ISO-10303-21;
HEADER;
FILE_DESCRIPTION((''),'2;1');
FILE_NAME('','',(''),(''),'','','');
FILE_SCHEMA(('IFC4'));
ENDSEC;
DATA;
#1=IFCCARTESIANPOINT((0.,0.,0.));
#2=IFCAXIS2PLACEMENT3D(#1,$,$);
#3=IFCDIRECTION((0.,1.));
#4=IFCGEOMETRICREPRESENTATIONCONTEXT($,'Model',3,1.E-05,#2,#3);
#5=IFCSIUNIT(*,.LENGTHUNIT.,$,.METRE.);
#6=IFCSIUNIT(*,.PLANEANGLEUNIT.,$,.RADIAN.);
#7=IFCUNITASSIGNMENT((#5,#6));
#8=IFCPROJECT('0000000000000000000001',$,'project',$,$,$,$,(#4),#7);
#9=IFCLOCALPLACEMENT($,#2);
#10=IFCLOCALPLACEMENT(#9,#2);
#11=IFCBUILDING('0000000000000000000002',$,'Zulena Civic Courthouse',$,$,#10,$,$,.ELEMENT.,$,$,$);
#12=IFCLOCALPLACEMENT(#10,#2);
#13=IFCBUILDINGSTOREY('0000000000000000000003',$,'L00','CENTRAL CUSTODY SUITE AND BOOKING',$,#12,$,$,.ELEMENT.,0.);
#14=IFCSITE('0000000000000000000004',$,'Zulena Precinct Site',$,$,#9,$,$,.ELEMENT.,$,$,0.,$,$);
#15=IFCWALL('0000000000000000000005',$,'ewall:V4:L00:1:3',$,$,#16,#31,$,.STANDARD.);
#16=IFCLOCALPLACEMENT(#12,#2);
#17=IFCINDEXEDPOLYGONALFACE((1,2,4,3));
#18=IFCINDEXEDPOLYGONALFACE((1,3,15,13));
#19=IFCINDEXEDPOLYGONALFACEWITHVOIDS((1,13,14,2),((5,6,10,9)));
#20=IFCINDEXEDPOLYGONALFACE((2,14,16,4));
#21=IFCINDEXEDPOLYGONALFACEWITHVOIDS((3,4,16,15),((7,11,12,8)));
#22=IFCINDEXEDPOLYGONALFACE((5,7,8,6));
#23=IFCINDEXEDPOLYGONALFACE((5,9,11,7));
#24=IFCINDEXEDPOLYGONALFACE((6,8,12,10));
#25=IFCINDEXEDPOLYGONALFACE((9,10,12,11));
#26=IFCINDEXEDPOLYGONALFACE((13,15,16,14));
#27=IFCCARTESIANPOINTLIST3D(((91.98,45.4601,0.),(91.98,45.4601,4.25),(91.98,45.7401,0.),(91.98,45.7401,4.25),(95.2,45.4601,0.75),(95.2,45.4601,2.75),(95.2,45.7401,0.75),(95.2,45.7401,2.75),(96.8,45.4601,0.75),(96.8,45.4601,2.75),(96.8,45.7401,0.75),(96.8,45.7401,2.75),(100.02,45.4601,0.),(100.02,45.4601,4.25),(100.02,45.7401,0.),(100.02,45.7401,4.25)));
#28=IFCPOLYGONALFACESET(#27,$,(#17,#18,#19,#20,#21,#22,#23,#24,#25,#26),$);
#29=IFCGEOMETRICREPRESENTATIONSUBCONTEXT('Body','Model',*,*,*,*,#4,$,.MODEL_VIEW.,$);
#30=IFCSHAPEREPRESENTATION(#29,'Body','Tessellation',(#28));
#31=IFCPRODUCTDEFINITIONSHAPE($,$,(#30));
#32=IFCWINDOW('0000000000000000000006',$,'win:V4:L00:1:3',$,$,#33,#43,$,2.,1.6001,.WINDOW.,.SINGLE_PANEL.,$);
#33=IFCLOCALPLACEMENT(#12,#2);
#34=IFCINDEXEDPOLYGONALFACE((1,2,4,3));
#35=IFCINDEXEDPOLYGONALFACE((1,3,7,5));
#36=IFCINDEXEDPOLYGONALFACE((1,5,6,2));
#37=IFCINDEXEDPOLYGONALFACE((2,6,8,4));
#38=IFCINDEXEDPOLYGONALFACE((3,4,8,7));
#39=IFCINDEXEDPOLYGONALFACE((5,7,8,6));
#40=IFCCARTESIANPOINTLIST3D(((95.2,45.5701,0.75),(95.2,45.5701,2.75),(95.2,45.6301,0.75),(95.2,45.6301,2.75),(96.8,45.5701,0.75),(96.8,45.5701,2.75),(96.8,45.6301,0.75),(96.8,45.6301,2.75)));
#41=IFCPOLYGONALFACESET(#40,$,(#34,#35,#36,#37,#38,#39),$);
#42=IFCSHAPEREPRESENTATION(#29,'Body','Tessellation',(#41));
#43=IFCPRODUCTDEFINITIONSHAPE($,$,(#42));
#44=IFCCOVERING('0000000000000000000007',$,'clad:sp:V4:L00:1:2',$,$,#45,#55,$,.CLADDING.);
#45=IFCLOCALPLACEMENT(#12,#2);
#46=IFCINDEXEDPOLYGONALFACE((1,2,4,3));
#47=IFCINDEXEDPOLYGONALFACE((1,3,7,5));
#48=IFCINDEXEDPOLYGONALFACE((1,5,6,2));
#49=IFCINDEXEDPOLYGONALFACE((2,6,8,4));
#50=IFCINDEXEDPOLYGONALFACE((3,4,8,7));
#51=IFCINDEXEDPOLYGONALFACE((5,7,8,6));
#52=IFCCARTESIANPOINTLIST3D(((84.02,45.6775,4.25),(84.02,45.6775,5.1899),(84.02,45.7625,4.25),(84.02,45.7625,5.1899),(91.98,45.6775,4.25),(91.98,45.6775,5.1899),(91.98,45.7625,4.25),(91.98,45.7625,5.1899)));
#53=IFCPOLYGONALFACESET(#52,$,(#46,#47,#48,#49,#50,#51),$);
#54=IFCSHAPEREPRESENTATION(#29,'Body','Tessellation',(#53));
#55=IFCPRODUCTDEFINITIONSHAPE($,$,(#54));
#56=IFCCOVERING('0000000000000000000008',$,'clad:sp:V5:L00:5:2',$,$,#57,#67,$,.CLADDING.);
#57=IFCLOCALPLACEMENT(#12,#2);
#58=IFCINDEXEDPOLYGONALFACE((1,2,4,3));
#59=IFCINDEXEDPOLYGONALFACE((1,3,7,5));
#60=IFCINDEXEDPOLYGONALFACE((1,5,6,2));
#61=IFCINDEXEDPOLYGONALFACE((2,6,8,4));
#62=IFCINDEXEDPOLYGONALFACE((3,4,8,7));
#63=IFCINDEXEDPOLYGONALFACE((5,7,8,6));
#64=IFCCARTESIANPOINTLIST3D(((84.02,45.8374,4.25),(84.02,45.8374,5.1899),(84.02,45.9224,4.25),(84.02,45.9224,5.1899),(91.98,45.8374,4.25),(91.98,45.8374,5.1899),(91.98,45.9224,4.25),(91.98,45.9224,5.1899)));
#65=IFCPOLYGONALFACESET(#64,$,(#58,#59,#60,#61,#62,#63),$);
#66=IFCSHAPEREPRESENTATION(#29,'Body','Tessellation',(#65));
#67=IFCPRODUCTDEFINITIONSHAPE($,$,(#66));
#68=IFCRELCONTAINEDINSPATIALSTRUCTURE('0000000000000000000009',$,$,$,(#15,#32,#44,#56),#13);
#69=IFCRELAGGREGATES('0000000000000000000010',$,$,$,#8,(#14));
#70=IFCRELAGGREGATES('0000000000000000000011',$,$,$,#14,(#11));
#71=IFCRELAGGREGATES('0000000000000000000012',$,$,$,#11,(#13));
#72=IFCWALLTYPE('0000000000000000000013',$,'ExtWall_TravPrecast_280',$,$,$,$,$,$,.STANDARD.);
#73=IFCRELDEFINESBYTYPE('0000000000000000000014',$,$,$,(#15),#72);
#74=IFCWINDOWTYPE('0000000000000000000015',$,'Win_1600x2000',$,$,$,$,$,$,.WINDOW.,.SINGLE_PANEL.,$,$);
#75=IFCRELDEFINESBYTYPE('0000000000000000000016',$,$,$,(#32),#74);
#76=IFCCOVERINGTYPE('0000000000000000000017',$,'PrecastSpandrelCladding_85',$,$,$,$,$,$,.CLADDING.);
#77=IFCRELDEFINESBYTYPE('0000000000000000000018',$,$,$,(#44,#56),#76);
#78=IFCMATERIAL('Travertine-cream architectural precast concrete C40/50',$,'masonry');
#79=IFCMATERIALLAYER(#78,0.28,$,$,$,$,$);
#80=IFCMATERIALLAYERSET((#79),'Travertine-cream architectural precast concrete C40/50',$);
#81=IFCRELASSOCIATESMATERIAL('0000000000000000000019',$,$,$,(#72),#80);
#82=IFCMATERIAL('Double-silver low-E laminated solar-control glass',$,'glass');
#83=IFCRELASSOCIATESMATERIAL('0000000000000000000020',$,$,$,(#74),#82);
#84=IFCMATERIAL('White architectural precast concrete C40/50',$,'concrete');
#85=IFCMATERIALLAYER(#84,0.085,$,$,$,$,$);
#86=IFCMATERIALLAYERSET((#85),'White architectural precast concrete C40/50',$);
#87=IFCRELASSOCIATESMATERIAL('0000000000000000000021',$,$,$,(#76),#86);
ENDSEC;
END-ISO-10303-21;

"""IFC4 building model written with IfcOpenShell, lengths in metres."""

from ifc_helpers import new_model, si_unit, direction, frame, frame_2d, origin, origin_2d, place, context, subcontext, project, spatial, rectangle, extrude, material, layer, layer_set, type_object, element, fill, save


model = new_model("IFC4")

# Units and contexts
model_context = context("Model", 3, precision=1e-05, world=origin(), true_north=direction((0.0, 1.0)))
body_context = subcontext(model_context, "Body", "Model", "MODEL_VIEW")
ifc_project = project(units=[si_unit("LENGTHUNIT", "METRE"), si_unit("PLANEANGLEUNIT", "RADIAN")], contexts=[model_context])

# Site, building, storey
site_placement = place(None, origin())
site = spatial("IfcSite", under=ifc_project, at=site_placement, Name="Zulena Precinct Site", CompositionType="ELEMENT", RefElevation=0.0)
building_placement = place(site_placement, origin())
building = spatial("IfcBuilding", under=site, at=building_placement, Name="Zulena Civic Courthouse", CompositionType="ELEMENT")
storey_placement = place(building_placement, origin())
storey = spatial("IfcBuildingStorey", under=building, at=storey_placement, Name="L00", Description="CENTRAL CUSTODY SUITE AND BOOKING", CompositionType="ELEMENT", Elevation=0.0)

# Wall, opening, window
ifc_material_1 = material(Name="Double-silver low-E laminated solar-control glass", Category="glass")
ifc_material_2 = material(Name="Travertine-cream architectural precast concrete C40/50", Category="masonry")
ifc_layer_1 = layer(ifc_material_2, 0.28)
ifc_layer_set_1 = layer_set([ifc_layer_1], Name="Travertine-cream architectural precast concrete C40/50")
wall_type_1 = type_object("IfcWallType", Name="ExtWall_TravPrecast_280", PredefinedType="STANDARD", material=ifc_layer_set_1)
wall_1_placement = place(storey_placement, frame((91.98, 45.6001, 0.0), z_axis=(0.0, 0.0, 1.0), x_axis=(1.0, 0.0, 0.0)))
wall_1 = element("IfcWall", 1, at=wall_1_placement, inside=storey, type_object=wall_type_1, Name="ewall:V4:L00:1:3", PredefinedType="STANDARD", context=body_context, shape_type="SweptSolid", body=[
    extrude(rectangle(XDim=8.04, YDim=0.28, at=frame_2d((4.02, 0.0))), origin(), (0.0, 0.0, 1.0), 4.25),
])
opening_1_placement = place(wall_1_placement, frame((3.22, 0.0, 0.75)))
opening_1 = element("IfcOpeningElement", 2, at=opening_1_placement, cuts=wall_1, PredefinedType="OPENING", context=body_context, shape_type="SweptSolid", body=[
    extrude(rectangle(XDim=1.6001, YDim=2.0, at=frame_2d((0.8, 1.0))), frame((0.0, 0.1499, 0.0), z_axis=(0.0, -1.0, 0.0), x_axis=(1.0, 0.0, 0.0)), (0.0, 0.0, 1.0), 0.3),
])
window_type_1 = type_object("IfcWindowType", Name="Win_1600x2000", PartitioningType="SINGLE_PANEL", PredefinedType="WINDOW", material=ifc_material_1)
window_1_placement = place(opening_1_placement, origin())
window_1 = element("IfcWindow", 3, at=window_1_placement, inside=storey, type_object=window_type_1, Name="win:V4:L00:1:3", OverallHeight=2.0, OverallWidth=1.6001, PartitioningType="SINGLE_PANEL", PredefinedType="WINDOW", context=body_context, shape_type="SweptSolid", body=[
    extrude(rectangle(XDim=1.6001, YDim=2.0, at=frame_2d((0.8, 1.0))), frame((0.0, 0.03, 0.0), z_axis=(0.0, -1.0, 0.0), x_axis=(1.0, 0.0, 0.0)), (0.0, 0.0, 1.0), 0.0601),
])
fill(opening_1, window_1)

# Coverings
ifc_material_3 = material(Name="White architectural precast concrete C40/50", Category="concrete")
ifc_layer_2 = layer(ifc_material_3, 0.085)
ifc_layer_set_2 = layer_set([ifc_layer_2], Name="White architectural precast concrete C40/50")
covering_type = type_object("IfcCoveringType", Name="PrecastSpandrelCladding_85", PredefinedType="CLADDING", material=ifc_layer_set_2)
for number, where, z_axis, x_axis, name in (
    (4, (88.0, 45.72, 4.25), (0.0, 0.0, 1.0), (1.0, 0.0, 0.0), "clad:sp:V4:L00:1:2"),
    (5, (88.0, 45.8799, 4.25), (0.0, 0.0, 1.0), (-1.0, 0.0, 0.0), "clad:sp:V5:L00:5:2"),
):
    element("IfcCovering", number, at=place(storey_placement, frame(where, z_axis=z_axis, x_axis=x_axis)), inside=storey, type_object=covering_type, Name=name, PredefinedType="CLADDING", context=body_context, shape_type="SweptSolid", body=[
        extrude(rectangle(XDim=7.96, YDim=0.085, at=origin_2d()), origin(), (0.0, 0.0, 1.0), 0.9399),
    ])

save(model, "model.ifc")
